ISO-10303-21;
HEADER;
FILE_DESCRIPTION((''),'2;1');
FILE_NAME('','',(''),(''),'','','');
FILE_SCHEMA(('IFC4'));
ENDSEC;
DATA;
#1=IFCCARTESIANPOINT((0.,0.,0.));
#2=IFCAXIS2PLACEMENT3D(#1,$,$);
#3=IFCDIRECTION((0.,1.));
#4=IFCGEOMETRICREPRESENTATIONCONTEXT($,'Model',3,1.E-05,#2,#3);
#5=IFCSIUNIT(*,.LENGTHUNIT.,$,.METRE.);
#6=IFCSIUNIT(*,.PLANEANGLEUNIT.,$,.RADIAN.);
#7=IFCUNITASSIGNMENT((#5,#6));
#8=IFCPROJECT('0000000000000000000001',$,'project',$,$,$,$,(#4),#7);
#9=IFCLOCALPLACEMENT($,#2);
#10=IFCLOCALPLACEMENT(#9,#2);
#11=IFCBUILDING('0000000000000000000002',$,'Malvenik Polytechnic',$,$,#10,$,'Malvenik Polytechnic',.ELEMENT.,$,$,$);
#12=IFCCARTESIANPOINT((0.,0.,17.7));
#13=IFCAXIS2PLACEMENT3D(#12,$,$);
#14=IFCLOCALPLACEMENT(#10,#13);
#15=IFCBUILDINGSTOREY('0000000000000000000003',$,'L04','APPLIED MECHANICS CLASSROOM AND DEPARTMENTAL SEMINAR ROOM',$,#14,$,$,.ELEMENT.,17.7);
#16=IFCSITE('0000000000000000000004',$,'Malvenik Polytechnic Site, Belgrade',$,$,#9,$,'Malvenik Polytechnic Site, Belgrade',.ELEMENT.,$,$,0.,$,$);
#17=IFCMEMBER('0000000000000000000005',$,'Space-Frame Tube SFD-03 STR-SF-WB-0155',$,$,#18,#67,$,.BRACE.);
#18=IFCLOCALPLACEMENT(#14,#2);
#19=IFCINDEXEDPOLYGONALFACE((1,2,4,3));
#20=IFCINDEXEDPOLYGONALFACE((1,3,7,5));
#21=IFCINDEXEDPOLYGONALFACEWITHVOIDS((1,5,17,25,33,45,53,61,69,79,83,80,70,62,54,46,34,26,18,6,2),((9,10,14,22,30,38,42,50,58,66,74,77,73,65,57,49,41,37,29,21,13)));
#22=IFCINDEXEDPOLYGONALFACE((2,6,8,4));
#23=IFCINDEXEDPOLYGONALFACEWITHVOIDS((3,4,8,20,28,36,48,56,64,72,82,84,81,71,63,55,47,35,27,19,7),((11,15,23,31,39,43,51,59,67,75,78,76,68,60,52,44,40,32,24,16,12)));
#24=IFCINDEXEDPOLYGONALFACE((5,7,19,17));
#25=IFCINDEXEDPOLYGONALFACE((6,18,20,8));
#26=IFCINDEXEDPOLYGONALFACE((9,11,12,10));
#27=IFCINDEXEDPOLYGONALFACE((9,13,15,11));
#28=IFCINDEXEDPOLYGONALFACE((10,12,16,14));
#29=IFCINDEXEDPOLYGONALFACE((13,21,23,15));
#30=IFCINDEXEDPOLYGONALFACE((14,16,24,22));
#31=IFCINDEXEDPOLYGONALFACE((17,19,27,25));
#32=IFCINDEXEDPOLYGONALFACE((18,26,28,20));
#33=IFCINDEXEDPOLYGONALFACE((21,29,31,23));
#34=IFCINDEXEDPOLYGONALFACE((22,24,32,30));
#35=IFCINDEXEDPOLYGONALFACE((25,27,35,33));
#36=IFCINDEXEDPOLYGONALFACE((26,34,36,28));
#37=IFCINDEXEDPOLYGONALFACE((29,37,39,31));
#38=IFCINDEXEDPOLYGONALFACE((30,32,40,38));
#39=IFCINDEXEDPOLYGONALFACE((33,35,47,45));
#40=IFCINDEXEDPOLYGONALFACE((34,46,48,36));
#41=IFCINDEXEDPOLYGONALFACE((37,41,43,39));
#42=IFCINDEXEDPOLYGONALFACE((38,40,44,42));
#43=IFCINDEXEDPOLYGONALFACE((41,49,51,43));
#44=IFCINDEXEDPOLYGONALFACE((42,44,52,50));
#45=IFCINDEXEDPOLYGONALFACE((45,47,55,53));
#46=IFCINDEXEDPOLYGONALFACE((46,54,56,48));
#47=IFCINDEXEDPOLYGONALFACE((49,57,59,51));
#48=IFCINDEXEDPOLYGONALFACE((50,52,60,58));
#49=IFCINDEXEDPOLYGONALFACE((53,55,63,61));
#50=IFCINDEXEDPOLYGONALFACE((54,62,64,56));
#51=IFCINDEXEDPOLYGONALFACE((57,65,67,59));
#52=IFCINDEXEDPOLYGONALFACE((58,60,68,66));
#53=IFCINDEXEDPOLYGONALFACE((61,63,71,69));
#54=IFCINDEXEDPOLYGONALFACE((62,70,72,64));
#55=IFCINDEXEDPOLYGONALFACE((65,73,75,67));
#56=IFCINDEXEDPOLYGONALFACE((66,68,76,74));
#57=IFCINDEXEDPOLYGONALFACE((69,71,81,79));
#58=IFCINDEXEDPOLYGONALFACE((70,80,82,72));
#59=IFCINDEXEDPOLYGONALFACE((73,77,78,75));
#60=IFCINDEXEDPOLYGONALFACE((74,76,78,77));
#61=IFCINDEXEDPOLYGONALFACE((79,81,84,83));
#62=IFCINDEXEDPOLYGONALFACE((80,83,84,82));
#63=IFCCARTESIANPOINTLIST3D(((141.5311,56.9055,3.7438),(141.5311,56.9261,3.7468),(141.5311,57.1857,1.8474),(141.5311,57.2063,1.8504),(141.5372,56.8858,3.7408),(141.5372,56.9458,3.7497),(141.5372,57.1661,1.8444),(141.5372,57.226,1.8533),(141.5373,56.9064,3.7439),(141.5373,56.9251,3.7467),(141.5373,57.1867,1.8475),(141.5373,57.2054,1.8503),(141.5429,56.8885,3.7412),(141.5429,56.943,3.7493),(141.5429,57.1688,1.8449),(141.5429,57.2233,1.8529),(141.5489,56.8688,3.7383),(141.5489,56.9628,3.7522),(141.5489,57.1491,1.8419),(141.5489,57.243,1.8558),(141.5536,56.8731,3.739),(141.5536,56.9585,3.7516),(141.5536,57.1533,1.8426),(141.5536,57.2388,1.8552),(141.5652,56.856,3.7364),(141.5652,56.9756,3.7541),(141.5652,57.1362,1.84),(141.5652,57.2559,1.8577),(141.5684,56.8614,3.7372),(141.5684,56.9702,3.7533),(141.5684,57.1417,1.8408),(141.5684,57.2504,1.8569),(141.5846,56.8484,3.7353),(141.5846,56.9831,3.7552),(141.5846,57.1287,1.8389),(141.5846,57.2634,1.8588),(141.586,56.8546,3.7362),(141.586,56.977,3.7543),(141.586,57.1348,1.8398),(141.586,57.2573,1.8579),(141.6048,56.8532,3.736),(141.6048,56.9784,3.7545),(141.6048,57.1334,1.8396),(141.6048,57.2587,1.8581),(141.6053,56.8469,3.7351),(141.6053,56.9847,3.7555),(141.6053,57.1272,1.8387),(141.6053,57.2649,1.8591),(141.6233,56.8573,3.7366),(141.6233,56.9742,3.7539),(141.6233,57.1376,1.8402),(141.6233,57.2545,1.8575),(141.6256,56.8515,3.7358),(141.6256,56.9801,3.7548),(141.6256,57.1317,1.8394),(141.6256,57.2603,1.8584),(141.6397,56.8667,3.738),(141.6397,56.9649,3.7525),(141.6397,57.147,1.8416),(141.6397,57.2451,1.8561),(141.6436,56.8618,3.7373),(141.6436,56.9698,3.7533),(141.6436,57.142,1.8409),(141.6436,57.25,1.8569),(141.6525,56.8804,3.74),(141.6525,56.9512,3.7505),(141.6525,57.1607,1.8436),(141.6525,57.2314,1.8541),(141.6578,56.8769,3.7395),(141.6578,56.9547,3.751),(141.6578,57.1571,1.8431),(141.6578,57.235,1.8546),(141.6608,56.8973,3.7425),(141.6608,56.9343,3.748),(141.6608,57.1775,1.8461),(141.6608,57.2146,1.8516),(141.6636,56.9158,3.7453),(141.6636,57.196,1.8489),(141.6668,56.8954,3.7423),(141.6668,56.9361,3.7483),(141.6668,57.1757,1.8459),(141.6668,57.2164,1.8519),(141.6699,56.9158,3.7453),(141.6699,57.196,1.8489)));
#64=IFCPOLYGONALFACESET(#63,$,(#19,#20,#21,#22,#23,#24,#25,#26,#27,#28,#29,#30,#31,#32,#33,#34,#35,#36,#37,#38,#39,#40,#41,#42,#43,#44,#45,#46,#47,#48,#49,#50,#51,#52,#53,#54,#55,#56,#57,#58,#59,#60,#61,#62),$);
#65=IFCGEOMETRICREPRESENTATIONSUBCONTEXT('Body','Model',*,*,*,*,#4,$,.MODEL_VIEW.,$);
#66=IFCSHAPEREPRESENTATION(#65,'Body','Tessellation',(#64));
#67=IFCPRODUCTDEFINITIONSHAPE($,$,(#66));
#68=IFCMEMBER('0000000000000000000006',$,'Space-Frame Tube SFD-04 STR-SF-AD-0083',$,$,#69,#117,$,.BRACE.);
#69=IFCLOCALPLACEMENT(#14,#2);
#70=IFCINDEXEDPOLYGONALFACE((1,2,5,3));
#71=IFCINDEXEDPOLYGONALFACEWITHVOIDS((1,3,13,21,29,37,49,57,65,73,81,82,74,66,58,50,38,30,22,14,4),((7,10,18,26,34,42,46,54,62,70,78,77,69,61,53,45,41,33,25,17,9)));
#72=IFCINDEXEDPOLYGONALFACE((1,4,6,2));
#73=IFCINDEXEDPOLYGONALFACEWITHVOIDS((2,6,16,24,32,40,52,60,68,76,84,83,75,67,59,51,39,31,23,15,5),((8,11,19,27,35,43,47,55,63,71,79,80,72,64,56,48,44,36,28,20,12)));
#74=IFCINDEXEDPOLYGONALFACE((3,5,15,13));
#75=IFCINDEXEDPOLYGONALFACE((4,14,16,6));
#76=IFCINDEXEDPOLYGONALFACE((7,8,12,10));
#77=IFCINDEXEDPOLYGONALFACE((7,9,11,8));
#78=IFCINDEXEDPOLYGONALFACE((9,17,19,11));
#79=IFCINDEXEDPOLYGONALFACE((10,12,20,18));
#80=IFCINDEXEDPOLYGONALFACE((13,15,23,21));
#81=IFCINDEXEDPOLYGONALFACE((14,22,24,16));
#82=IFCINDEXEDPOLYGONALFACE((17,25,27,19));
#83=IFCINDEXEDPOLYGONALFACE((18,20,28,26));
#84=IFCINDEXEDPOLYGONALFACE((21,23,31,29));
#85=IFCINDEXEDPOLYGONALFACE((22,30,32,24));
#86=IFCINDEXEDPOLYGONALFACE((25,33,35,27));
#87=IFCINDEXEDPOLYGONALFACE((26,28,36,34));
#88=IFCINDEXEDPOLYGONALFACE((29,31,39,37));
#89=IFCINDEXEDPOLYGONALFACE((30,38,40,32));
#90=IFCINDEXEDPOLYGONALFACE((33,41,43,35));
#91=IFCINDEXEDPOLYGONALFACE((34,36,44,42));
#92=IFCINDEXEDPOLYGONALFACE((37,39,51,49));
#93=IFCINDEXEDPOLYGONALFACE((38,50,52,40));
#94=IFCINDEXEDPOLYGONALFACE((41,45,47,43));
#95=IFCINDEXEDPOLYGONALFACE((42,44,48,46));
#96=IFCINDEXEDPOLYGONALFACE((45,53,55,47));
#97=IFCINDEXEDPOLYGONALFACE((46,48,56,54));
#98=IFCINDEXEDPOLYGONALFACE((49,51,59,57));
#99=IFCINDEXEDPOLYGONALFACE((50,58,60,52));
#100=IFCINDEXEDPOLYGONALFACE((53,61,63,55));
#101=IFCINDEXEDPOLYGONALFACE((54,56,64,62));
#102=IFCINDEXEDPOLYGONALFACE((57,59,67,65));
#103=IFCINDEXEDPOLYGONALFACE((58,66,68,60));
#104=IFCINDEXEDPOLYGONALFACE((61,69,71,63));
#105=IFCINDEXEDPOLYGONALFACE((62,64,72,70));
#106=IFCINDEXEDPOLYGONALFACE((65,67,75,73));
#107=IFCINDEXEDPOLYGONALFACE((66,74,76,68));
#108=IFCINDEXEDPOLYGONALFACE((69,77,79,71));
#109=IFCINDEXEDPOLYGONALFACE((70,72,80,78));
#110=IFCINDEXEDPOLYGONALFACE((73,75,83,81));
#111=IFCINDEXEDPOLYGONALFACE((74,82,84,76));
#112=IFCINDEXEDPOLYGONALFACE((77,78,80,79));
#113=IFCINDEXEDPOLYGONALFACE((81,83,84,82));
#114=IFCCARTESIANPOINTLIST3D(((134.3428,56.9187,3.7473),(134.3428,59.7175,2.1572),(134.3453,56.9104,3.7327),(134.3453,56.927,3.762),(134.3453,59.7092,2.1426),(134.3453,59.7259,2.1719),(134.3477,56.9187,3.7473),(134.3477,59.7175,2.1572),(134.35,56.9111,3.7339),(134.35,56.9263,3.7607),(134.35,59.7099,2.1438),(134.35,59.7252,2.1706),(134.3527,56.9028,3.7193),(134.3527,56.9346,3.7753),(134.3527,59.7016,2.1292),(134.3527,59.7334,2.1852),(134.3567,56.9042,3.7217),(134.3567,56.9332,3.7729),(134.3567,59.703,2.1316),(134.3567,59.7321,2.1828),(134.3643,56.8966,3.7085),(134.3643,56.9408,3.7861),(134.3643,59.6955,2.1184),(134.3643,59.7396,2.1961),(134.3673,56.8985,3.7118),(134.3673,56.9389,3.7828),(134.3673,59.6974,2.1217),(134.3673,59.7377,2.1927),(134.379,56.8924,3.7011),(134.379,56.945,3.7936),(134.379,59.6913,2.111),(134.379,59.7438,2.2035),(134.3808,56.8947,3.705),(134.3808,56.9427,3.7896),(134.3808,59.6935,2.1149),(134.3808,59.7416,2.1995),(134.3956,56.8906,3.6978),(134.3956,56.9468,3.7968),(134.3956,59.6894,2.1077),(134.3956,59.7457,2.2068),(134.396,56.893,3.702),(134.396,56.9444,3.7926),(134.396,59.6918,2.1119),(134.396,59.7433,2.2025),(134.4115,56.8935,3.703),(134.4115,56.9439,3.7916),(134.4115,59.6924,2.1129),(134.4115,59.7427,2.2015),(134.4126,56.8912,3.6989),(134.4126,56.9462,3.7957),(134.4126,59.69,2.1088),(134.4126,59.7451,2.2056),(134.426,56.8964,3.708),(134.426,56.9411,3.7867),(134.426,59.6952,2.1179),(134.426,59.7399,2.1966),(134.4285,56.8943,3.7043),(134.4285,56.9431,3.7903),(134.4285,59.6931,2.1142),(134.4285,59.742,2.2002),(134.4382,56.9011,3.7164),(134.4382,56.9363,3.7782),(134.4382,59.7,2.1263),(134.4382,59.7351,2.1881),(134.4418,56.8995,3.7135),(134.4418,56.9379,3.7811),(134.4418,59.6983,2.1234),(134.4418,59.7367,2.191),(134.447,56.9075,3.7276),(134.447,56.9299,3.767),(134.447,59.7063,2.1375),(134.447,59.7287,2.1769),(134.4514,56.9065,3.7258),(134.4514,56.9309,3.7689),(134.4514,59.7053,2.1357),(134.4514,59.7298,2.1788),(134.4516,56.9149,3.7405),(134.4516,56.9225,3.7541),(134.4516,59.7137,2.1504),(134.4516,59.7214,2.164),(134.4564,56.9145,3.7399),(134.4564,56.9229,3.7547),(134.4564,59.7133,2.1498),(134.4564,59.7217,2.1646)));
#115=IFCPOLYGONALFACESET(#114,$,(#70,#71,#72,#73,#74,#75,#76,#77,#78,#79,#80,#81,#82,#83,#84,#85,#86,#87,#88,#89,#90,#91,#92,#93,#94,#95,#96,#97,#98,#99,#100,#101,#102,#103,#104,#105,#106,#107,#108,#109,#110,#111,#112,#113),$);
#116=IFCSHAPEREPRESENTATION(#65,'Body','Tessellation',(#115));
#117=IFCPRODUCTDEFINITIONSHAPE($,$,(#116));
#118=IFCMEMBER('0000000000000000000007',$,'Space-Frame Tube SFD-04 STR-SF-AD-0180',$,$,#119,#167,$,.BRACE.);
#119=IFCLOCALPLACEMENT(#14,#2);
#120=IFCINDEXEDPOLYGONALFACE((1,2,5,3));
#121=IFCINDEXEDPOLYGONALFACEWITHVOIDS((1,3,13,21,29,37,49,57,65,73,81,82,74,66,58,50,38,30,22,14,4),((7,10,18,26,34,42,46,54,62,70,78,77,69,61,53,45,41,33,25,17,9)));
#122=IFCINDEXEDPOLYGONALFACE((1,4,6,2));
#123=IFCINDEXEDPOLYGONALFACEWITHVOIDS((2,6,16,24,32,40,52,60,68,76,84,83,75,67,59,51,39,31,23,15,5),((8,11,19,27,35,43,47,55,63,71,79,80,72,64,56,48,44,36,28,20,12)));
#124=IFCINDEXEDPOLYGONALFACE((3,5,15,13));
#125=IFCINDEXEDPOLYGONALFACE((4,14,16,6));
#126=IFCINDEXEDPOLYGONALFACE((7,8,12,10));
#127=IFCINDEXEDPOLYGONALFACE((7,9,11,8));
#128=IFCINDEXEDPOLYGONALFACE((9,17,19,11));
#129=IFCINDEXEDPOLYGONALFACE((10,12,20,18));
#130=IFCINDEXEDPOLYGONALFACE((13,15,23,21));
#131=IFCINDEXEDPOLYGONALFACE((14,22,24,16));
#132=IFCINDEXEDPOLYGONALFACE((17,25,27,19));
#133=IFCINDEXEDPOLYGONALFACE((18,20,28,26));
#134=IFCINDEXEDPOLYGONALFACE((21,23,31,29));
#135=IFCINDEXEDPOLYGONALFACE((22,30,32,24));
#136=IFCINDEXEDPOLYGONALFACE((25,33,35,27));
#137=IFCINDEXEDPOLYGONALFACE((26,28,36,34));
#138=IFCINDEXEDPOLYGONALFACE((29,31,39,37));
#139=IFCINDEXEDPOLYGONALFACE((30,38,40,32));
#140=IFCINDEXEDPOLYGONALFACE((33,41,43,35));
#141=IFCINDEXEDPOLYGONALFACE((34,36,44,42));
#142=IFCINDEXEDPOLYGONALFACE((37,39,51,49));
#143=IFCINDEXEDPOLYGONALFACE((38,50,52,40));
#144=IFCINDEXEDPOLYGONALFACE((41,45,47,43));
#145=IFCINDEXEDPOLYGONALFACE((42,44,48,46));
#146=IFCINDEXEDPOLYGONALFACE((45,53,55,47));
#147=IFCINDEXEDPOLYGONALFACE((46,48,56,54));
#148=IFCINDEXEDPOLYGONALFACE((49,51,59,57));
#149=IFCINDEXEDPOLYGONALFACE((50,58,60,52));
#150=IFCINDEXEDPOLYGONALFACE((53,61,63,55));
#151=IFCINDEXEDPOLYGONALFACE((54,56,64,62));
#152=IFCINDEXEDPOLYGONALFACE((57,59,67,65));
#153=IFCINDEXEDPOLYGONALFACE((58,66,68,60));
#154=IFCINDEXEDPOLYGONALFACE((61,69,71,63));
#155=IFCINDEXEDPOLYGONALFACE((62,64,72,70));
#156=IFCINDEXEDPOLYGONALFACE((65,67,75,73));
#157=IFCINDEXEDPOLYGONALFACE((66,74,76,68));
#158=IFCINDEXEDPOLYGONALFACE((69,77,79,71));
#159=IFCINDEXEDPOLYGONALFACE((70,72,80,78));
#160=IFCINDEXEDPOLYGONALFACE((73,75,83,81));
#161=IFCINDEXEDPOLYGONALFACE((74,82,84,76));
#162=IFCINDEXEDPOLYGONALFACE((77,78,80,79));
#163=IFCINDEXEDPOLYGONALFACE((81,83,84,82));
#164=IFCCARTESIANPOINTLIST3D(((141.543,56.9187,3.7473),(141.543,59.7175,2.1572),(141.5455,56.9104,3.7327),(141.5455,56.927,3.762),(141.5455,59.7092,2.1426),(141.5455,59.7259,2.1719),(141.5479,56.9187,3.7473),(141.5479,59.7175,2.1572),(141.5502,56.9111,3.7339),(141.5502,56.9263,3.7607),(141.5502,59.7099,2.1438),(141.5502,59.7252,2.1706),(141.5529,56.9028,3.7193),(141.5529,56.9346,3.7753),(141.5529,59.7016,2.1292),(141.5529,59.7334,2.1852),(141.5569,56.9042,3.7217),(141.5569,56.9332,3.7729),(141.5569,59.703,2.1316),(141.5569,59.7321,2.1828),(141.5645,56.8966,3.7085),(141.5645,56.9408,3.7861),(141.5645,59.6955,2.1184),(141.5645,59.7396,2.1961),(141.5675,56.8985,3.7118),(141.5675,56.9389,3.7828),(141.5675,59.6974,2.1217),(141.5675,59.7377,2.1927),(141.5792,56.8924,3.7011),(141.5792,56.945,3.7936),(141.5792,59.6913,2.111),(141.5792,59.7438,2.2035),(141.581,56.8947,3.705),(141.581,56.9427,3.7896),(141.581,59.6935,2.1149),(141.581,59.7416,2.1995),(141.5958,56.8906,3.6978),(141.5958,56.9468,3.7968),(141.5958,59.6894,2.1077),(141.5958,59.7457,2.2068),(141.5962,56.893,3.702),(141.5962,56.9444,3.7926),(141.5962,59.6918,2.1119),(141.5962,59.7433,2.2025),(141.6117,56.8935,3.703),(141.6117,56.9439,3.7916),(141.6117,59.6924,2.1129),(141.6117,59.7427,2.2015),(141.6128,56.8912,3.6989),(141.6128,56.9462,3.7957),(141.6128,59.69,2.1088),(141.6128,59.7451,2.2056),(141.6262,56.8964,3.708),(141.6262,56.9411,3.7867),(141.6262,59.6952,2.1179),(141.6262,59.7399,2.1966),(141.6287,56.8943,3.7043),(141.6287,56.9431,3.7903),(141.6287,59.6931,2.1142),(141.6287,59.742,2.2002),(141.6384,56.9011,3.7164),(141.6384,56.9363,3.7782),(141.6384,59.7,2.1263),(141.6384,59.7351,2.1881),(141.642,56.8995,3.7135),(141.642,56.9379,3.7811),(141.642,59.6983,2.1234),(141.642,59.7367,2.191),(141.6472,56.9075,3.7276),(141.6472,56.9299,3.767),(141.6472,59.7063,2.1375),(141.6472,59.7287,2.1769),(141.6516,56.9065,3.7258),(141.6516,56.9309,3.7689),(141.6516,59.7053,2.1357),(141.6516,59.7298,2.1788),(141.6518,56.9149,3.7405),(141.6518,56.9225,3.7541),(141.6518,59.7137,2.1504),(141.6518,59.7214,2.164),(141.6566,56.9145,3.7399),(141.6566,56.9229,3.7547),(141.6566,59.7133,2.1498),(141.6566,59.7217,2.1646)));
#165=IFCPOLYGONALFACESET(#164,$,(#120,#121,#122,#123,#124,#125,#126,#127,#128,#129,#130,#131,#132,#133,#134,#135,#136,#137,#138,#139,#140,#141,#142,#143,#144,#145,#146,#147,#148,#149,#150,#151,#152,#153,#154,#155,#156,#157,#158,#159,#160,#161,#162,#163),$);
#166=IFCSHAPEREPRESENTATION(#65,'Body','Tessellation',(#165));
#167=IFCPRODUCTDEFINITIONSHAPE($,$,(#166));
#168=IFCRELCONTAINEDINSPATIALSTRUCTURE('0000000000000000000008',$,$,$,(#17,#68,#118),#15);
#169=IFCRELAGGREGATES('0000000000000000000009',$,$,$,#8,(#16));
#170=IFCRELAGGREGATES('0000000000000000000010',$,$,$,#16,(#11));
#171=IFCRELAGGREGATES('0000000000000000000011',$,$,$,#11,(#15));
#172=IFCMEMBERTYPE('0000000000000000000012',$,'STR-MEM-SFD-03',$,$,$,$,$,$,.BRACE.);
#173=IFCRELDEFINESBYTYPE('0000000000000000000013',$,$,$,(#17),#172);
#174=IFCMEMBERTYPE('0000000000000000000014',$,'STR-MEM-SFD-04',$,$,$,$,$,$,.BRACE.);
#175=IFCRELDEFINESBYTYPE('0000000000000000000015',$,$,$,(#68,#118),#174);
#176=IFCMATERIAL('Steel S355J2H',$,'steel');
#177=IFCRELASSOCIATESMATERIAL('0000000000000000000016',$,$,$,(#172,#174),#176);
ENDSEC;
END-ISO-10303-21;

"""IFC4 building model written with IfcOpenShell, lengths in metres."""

from ifc_helpers import new_model, si_unit, direction, frame, origin, origin_2d, place, context, subcontext, project, spatial, hollow_circle, extrude, material, material_profile, profile_set, type_object, element, save


model = new_model("IFC4")

# Units and contexts
model_context = context("Model", 3, precision=1e-05, world=origin(), true_north=direction((0.0, 1.0)))
body_context = subcontext(model_context, "Body", "Model", "MODEL_VIEW")
ifc_project = project(units=[si_unit("LENGTHUNIT", "METRE"), si_unit("PLANEANGLEUNIT", "RADIAN")], contexts=[model_context])

# Site, building, storey
site_placement = place(None, origin())
site = spatial("IfcSite", under=ifc_project, at=site_placement, Name="Malvenik Polytechnic Site, Belgrade", LongName="Malvenik Polytechnic Site, Belgrade", CompositionType="ELEMENT", RefElevation=0.0)
building_placement = place(site_placement, origin())
building = spatial("IfcBuilding", under=site, at=building_placement, Name="Malvenik Polytechnic", LongName="Malvenik Polytechnic", CompositionType="ELEMENT")
storey_placement = place(building_placement, frame((0.0, 0.0, 17.7)))
storey = spatial("IfcBuildingStorey", under=building, at=storey_placement, Name="L04", Description="APPLIED MECHANICS CLASSROOM AND DEPARTMENTAL SEMINAR ROOM", CompositionType="ELEMENT", Elevation=17.7)

# Members
ifc_material_1 = material(Name="Steel S355J2H", Category="steel")
ifc_material_profile_1 = material_profile(ifc_material_1, hollow_circle(Radius=0.0698, WallThickness=0.0063, at=origin_2d()), Name="CHS 139.7x6.3")
ifc_profile_set_1 = profile_set([ifc_material_profile_1], Name="Steel S355J2H")
member_type_1 = type_object("IfcMemberType", Name="STR-MEM-SFD-03", PredefinedType="BRACE", material=ifc_profile_set_1)
for number, where, z_axis, x_axis, name in (
    (1, (141.6001, 57.196, 1.8489), (0.0, -0.146198, 0.989255), (1.0, 0.0, 0.0), "Space-Frame Tube SFD-03 STR-SF-WB-0155"),
):
    element("IfcMember", number, at=place(storey_placement, frame(where, z_axis=z_axis, x_axis=x_axis)), inside=storey, type_object=member_type_1, Name=name, PredefinedType="BRACE", context=body_context, shape_type="SweptSolid", body=[
        extrude(hollow_circle(Radius=0.0698, WallThickness=0.0063, at=origin_2d()), origin(), (0.0, 0.0, 1.0), 1.917),
    ])
ifc_material_profile_2 = material_profile(ifc_material_1, hollow_circle(Radius=0.0571, WallThickness=0.0049, at=origin_2d()), Name="CHS 114.3x5.0")
ifc_profile_set_2 = profile_set([ifc_material_profile_2], Name="Steel S355J2H")
member_type_2 = type_object("IfcMemberType", Name="STR-MEM-SFD-04", PredefinedType="BRACE", material=ifc_profile_set_2)
for number, where, z_axis, x_axis, name in (
    (2, (134.3999, 56.9187, 3.7473), (0.0, 0.869477, -0.493973), (-1.0, 0.0, 0.0), "Space-Frame Tube SFD-04 STR-SF-AD-0083"),
    (3, (141.6001, 56.9187, 3.7473), (0.0, 0.869477, -0.493973), (-1.0, 0.0, 0.0), "Space-Frame Tube SFD-04 STR-SF-AD-0180"),
):
    element("IfcMember", number, at=place(storey_placement, frame(where, z_axis=z_axis, x_axis=x_axis)), inside=storey, type_object=member_type_2, Name=name, PredefinedType="BRACE", context=body_context, shape_type="SweptSolid", body=[
        extrude(hollow_circle(Radius=0.0571, WallThickness=0.0049, at=origin_2d()), origin(), (0.0, 0.0, 1.0), 3.219),
    ])

save(model, "model.ifc")
